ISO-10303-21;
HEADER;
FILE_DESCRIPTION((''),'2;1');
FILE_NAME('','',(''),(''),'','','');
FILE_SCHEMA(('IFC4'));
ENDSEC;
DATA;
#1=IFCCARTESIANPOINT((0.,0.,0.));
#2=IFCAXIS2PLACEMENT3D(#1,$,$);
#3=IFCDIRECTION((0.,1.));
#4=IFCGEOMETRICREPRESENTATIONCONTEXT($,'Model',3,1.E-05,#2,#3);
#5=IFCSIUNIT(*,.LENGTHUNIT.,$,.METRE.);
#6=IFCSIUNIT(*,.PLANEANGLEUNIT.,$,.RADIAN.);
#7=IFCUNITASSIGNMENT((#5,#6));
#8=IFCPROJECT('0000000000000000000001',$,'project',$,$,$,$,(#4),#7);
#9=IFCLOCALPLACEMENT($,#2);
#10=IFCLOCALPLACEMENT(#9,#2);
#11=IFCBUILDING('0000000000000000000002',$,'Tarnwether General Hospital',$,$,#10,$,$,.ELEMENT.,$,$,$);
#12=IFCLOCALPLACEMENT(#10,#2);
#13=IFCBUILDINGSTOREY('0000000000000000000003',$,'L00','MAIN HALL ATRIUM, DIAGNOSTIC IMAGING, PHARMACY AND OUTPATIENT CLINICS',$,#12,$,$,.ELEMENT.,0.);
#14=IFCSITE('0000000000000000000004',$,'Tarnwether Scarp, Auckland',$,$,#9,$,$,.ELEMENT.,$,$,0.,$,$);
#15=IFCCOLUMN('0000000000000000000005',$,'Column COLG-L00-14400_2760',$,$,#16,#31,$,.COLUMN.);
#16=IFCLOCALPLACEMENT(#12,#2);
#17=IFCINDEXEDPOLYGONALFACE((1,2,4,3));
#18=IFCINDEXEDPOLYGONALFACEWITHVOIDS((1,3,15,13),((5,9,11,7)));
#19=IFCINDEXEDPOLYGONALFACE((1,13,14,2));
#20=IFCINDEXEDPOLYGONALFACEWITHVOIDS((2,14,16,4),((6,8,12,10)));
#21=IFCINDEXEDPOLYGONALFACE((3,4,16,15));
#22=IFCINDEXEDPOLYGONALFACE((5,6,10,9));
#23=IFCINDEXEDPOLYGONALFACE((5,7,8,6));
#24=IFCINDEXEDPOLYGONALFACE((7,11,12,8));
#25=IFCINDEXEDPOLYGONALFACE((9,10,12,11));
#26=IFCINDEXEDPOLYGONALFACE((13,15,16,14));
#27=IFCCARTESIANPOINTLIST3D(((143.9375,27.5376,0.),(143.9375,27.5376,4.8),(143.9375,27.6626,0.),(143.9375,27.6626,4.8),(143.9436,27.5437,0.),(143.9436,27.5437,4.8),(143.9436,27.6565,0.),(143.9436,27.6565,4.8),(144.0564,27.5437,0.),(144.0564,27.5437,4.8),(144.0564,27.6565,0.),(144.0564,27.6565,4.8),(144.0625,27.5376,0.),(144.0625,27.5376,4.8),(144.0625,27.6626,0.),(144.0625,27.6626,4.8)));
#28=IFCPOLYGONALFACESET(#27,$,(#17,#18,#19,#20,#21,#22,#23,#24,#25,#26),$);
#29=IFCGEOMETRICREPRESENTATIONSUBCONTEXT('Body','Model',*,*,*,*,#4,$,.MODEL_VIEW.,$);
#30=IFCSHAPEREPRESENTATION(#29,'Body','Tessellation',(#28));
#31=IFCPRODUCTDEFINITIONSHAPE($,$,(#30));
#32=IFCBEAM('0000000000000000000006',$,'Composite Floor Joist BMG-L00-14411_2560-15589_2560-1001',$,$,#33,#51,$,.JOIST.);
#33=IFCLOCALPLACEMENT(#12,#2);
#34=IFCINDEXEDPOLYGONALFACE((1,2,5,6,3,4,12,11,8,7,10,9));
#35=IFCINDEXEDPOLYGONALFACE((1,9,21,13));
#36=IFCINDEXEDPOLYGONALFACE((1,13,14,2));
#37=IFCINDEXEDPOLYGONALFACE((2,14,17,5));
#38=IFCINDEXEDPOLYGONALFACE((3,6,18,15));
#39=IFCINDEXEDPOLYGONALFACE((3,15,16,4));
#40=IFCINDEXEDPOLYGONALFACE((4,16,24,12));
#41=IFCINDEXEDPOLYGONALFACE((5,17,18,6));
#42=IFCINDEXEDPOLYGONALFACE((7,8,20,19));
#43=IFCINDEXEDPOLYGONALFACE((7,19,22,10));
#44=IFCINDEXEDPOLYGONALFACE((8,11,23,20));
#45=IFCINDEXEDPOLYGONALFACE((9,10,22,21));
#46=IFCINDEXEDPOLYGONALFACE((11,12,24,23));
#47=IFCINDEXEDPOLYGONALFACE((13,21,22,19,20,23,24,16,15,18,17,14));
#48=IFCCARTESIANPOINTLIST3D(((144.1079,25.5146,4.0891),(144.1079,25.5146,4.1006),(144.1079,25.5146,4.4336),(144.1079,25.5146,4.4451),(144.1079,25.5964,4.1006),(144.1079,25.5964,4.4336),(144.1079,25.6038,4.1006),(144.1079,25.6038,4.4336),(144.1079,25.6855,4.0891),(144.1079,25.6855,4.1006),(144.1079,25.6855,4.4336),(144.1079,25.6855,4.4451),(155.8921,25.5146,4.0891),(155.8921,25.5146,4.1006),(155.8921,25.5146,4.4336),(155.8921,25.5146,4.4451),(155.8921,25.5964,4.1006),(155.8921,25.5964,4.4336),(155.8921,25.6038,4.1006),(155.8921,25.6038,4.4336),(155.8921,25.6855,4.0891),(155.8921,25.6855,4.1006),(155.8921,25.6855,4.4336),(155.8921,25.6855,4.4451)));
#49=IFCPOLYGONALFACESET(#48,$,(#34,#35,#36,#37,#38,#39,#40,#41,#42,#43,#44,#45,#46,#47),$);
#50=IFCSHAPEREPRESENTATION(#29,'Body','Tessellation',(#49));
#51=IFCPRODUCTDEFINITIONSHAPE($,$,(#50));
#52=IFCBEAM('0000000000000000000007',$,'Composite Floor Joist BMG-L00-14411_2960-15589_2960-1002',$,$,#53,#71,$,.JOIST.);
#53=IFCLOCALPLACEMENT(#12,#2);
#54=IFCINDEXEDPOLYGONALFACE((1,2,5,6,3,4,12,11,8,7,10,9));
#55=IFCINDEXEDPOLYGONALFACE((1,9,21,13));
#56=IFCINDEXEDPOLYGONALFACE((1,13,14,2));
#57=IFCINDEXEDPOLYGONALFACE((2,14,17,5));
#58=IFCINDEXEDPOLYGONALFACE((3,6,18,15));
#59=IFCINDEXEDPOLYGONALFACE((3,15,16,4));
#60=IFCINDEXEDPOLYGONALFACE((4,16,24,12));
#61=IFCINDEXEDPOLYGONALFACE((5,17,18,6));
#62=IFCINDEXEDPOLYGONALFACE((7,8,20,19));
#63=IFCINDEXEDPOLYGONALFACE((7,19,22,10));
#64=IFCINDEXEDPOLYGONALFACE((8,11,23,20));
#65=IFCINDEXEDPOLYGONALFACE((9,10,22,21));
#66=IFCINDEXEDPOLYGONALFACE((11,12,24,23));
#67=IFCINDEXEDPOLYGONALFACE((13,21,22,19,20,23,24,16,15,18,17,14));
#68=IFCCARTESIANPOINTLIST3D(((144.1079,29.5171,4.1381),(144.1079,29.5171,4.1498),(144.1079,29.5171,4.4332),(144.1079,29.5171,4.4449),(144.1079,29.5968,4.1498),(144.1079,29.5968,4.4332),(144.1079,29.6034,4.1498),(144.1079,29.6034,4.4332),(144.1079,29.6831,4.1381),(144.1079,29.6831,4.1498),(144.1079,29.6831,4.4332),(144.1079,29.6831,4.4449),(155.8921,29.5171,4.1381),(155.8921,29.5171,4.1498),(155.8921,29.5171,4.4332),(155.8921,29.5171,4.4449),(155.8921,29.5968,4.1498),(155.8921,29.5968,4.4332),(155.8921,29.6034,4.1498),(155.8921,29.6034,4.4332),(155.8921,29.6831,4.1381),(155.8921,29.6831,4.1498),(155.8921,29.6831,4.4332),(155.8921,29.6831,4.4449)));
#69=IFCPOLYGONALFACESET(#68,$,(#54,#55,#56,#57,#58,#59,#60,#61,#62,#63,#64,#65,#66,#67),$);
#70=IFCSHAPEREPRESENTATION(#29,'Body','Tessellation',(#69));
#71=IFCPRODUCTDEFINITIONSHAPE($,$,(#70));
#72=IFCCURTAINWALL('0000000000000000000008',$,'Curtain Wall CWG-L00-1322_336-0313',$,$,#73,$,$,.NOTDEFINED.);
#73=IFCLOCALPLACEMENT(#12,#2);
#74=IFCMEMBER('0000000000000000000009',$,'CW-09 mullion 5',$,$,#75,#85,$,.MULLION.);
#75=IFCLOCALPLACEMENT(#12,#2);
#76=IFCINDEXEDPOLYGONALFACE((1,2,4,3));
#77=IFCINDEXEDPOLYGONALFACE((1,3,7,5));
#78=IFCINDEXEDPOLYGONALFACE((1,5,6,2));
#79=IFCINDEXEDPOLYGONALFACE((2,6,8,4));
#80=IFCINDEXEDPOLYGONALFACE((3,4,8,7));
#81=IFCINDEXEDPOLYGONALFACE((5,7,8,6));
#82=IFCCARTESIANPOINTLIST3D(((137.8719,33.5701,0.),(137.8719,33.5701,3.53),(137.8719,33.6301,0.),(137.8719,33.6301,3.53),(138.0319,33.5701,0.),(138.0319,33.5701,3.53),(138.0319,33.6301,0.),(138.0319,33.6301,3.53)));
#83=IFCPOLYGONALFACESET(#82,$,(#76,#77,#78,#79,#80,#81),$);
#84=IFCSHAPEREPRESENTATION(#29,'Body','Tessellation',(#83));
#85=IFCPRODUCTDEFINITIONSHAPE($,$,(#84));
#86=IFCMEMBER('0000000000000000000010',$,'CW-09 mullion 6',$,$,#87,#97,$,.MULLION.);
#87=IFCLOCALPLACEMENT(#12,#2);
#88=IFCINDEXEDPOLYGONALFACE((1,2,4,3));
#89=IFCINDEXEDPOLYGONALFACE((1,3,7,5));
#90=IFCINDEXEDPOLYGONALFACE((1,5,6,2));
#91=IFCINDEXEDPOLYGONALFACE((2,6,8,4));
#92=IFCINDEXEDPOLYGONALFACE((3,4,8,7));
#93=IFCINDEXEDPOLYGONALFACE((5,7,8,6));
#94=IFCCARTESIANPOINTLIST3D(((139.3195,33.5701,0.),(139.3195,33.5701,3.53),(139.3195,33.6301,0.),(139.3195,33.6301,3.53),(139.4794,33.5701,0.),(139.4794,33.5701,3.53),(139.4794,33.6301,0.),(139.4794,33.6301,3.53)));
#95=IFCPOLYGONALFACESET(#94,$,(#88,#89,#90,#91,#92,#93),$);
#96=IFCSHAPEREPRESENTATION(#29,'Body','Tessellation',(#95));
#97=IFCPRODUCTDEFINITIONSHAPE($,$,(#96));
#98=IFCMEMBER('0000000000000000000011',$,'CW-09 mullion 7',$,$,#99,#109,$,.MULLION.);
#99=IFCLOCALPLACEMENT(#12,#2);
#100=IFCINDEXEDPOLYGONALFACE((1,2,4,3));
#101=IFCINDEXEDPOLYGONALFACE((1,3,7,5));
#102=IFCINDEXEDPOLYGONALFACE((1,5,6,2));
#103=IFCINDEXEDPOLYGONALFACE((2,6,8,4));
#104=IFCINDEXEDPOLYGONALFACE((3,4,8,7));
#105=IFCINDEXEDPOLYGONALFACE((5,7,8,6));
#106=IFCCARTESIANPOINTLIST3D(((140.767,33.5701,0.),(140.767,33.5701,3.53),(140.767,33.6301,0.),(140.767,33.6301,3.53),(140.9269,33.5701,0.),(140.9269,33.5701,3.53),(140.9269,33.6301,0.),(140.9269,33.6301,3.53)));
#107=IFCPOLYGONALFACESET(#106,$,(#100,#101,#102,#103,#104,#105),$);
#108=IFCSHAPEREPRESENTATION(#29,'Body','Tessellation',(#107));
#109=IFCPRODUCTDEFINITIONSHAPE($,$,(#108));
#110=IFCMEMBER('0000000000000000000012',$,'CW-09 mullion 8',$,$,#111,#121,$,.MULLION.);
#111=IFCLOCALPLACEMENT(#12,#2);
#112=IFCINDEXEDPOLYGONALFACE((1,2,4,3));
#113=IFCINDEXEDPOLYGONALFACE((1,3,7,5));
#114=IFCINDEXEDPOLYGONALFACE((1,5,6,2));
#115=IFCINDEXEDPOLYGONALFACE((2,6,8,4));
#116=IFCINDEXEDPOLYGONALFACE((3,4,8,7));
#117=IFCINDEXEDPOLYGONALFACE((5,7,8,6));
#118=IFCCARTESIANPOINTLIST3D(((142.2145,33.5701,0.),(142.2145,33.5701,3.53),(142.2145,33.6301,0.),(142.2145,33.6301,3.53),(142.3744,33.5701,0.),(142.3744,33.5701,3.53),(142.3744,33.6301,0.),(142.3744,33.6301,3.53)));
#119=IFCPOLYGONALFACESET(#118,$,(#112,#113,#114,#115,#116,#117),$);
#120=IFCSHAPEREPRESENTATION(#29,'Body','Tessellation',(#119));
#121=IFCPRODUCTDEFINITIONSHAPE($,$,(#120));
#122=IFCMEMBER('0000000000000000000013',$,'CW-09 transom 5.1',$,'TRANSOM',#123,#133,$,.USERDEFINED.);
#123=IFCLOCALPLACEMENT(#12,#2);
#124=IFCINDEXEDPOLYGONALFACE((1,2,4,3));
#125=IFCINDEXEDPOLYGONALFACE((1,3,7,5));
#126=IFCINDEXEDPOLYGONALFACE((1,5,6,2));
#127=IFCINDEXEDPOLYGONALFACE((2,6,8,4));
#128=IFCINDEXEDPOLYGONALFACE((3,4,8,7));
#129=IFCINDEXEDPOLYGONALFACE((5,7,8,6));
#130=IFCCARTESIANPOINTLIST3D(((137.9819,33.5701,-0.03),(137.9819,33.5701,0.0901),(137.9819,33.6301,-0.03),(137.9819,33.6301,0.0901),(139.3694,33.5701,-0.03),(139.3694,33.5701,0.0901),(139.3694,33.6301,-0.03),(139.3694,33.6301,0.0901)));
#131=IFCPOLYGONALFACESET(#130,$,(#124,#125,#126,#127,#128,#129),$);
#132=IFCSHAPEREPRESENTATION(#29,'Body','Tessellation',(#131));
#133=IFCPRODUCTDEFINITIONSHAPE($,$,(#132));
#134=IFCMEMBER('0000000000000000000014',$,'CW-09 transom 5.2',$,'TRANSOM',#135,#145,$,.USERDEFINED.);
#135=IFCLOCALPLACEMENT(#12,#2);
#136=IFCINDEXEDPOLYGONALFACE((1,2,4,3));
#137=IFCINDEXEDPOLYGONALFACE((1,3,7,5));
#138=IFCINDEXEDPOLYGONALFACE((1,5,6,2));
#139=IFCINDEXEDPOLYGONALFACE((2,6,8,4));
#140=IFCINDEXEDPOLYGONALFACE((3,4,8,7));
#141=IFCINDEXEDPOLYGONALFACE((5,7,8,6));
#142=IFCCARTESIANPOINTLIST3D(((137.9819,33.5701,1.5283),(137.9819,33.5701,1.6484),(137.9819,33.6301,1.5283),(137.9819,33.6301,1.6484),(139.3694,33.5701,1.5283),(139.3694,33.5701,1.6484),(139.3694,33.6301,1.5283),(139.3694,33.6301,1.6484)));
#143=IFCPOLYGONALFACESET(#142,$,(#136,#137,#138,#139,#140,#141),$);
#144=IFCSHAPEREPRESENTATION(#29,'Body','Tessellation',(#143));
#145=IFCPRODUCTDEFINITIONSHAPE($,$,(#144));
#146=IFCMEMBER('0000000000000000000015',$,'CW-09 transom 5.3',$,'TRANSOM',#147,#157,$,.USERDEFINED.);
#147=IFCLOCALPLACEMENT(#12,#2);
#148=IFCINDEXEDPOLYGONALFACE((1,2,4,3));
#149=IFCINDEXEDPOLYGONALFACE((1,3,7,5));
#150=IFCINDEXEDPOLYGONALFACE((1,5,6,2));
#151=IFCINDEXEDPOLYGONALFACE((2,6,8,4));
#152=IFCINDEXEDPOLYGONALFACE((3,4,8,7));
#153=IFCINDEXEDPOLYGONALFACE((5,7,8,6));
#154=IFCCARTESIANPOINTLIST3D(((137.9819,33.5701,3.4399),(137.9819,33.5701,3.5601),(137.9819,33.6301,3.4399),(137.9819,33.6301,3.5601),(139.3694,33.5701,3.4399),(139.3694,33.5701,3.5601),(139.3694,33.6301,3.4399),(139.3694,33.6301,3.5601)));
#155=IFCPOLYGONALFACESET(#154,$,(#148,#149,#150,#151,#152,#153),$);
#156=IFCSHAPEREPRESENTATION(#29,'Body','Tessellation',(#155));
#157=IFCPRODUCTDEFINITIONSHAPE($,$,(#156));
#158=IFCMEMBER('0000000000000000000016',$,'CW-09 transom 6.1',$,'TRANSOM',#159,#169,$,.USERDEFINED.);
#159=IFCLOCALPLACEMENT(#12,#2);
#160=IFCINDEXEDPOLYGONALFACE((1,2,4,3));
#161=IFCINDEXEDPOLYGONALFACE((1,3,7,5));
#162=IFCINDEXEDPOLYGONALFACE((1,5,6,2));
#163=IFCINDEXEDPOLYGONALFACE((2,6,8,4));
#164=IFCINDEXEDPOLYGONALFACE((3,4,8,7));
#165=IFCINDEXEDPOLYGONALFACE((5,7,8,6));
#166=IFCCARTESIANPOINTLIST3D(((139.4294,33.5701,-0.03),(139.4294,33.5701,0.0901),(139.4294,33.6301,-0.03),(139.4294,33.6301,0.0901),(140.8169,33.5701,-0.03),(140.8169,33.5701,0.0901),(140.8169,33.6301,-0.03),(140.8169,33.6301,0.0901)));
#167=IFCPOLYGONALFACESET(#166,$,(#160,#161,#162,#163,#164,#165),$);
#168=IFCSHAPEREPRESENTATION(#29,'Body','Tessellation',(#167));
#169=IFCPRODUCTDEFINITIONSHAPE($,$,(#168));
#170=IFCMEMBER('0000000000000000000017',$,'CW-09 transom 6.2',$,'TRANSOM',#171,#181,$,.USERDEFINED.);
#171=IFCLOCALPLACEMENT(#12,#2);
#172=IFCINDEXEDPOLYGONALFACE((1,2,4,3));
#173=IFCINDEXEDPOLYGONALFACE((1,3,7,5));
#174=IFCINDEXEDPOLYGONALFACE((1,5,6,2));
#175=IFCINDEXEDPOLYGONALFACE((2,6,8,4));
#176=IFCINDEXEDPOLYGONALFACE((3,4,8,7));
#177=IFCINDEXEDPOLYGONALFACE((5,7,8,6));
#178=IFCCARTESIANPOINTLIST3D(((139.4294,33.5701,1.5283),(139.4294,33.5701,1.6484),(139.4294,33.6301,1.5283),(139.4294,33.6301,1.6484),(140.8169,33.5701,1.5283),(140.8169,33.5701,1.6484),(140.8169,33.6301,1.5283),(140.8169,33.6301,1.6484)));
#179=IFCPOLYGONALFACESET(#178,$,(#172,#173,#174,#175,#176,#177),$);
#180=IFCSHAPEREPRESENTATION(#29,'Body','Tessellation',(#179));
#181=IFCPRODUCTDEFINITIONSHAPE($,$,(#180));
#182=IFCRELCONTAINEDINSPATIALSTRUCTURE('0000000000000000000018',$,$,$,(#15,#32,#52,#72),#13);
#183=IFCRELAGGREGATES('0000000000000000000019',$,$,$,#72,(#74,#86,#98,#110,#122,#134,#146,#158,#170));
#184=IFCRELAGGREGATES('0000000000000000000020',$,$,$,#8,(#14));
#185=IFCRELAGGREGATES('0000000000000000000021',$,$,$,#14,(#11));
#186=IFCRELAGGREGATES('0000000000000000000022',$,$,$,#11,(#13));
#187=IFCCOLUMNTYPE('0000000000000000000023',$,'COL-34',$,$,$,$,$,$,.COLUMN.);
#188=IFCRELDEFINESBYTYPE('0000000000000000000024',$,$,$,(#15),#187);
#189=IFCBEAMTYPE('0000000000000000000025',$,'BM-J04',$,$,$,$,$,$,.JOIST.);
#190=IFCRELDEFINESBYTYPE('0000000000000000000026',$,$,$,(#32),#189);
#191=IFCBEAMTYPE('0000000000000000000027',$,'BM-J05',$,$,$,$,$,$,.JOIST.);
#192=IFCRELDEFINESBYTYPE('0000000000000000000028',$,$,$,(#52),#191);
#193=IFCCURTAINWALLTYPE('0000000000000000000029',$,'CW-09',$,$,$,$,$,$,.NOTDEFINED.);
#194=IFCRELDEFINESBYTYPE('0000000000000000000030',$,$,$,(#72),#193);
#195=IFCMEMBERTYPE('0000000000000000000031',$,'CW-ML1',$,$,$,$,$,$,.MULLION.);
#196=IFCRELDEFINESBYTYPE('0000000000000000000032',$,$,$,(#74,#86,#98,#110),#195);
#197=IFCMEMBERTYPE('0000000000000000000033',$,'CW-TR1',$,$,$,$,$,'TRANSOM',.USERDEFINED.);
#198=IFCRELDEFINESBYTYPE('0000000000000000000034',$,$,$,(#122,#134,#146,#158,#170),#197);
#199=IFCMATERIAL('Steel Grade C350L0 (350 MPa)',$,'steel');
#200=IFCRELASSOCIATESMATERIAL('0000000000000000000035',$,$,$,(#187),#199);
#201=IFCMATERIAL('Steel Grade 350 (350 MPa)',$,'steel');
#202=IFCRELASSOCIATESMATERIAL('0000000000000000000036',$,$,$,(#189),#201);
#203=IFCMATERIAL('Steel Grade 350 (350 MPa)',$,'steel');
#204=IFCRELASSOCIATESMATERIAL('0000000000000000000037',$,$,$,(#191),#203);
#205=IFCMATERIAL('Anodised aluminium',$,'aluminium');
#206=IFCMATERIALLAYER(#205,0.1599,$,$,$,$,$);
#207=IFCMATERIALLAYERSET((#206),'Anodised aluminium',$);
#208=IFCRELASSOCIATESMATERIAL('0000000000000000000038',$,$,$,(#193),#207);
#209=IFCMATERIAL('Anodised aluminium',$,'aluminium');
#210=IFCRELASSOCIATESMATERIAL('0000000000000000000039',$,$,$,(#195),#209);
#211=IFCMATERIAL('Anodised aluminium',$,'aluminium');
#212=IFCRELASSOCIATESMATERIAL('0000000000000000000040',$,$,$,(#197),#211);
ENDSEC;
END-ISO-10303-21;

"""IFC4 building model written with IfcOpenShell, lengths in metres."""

from ifc_helpers import new_model, si_unit, direction, frame, origin, origin_2d, place, context, subcontext, project, spatial, rectangle, hollow_rectangle, i_section, extrude, material, layer, layer_set, material_profile, profile_set, type_object, element, aggregate, save


model = new_model("IFC4")

# Units and contexts
model_context = context("Model", 3, precision=1e-05, world=origin(), true_north=direction((0.0, 1.0)))
body_context = subcontext(model_context, "Body", "Model", "MODEL_VIEW")
ifc_project = project(units=[si_unit("LENGTHUNIT", "METRE"), si_unit("PLANEANGLEUNIT", "RADIAN")], contexts=[model_context])

# Site, building, storey
site_placement = place(None, origin())
site = spatial("IfcSite", under=ifc_project, at=site_placement, Name="Tarnwether Scarp, Auckland", CompositionType="ELEMENT", RefElevation=0.0)
building_placement = place(site_placement, origin())
building = spatial("IfcBuilding", under=site, at=building_placement, Name="Tarnwether General Hospital", CompositionType="ELEMENT")
storey_placement = place(building_placement, origin())
storey = spatial("IfcBuildingStorey", under=building, at=storey_placement, Name="L00", Description="MAIN HALL ATRIUM, DIAGNOSTIC IMAGING, PHARMACY AND OUTPATIENT CLINICS", CompositionType="ELEMENT", Elevation=0.0)

# Column
ifc_material_1 = material(Name="Steel Grade C350L0 (350 MPa)", Category="steel")
ifc_material_profile_1 = material_profile(ifc_material_1, hollow_rectangle(XDim=0.125, YDim=0.125, WallThickness=0.0061, at=origin_2d()), Name="SHS125x125x6")
ifc_profile_set_1 = profile_set([ifc_material_profile_1], Name="Steel Grade C350L0 (350 MPa)")
column_type = type_object("IfcColumnType", Name="COL-34", PredefinedType="COLUMN", material=ifc_profile_set_1)
column_placement = place(storey_placement, frame((144.0, 27.6001, 0.0), z_axis=(0.0, 0.0, 1.0), x_axis=(1.0, 0.0, 0.0)))
element("IfcColumn", 1, at=column_placement, inside=storey, type_object=column_type, Name="Column COLG-L00-14400_2760", PredefinedType="COLUMN", context=body_context, shape_type="SweptSolid", body=[
    extrude(hollow_rectangle(XDim=0.125, YDim=0.125, WallThickness=0.0061, at=origin_2d()), origin(), (0.0, 0.0, 1.0), 4.8),
])

# Beams
ifc_material_2 = material(Name="Steel Grade 350 (350 MPa)", Category="steel")
ifc_material_profile_2 = material_profile(ifc_material_2, i_section(OverallWidth=0.1709, OverallDepth=0.356, WebThickness=0.0073, FlangeThickness=0.0115, at=origin_2d()), Name="360UB50.7")
ifc_profile_set_2 = profile_set([ifc_material_profile_2], Name="Steel Grade 350 (350 MPa)")
beam_type_1 = type_object("IfcBeamType", Name="BM-J04", PredefinedType="JOIST", material=ifc_profile_set_2)
beam_1_placement = place(storey_placement, frame((144.1079, 25.6001, 4.2671), z_axis=(1.0, 0.0, 0.0), x_axis=(0.0, 1.0, 0.0)))
element("IfcBeam", 2, at=beam_1_placement, inside=storey, type_object=beam_type_1, Name="Composite Floor Joist BMG-L00-14411_2560-15589_2560-1001", PredefinedType="JOIST", context=body_context, shape_type="SweptSolid", body=[
    extrude(i_section(OverallWidth=0.1709, OverallDepth=0.356, WebThickness=0.0073, FlangeThickness=0.0115, at=origin_2d()), origin(), (0.0, 0.0, 1.0), 11.7842),
])
ifc_material_3 = material(Name="Steel Grade 350 (350 MPa)", Category="steel")
ifc_material_profile_3 = material_profile(ifc_material_3, i_section(OverallWidth=0.166, OverallDepth=0.3069, WebThickness=0.0066, FlangeThickness=0.0117, at=origin_2d()), Name="310UB46.2")
ifc_profile_set_3 = profile_set([ifc_material_profile_3], Name="Steel Grade 350 (350 MPa)")
beam_type_2 = type_object("IfcBeamType", Name="BM-J05", PredefinedType="JOIST", material=ifc_profile_set_3)
beam_2_placement = place(storey_placement, frame((144.1079, 29.6001, 4.2915), z_axis=(1.0, 0.0, 0.0), x_axis=(0.0, 1.0, 0.0)))
element("IfcBeam", 3, at=beam_2_placement, inside=storey, type_object=beam_type_2, Name="Composite Floor Joist BMG-L00-14411_2960-15589_2960-1002", PredefinedType="JOIST", context=body_context, shape_type="SweptSolid", body=[
    extrude(i_section(OverallWidth=0.166, OverallDepth=0.3069, WebThickness=0.0066, FlangeThickness=0.0117, at=origin_2d()), origin(), (0.0, 0.0, 1.0), 11.7842),
])

# Curtain wall, members
ifc_material_4 = material(Name="Anodised aluminium", Category="aluminium")
ifc_layer_1 = layer(ifc_material_4, 0.1599)
ifc_layer_set_1 = layer_set([ifc_layer_1], Name="Anodised aluminium")
curtain_wall_type = type_object("IfcCurtainWallType", Name="CW-09", PredefinedType="NOTDEFINED", material=ifc_layer_set_1)
curtain_wall_placement = place(storey_placement, origin())
curtain_wall = element("IfcCurtainWall", 4, at=curtain_wall_placement, inside=storey, type_object=curtain_wall_type, Name="Curtain Wall CWG-L00-1322_336-0313", PredefinedType="NOTDEFINED")
ifc_material_5 = material(Name="Anodised aluminium", Category="aluminium")
ifc_material_profile_4 = material_profile(ifc_material_5, rectangle(XDim=0.0601, YDim=0.1599, at=origin_2d()), Name="ALU-MUL-60x160")
ifc_profile_set_4 = profile_set([ifc_material_profile_4], Name="Anodised aluminium")
member_type_1 = type_object("IfcMemberType", Name="CW-ML1", PredefinedType="MULLION", material=ifc_profile_set_4)
member_1_placement = place(storey_placement, frame((137.9519, 33.6001, 0.0), z_axis=(0.0, 0.0, 1.0), x_axis=(0.0, 1.0, 0.0)))
member_1 = element("IfcMember", 5, at=member_1_placement, type_object=member_type_1, Name="CW-09 mullion 5", PredefinedType="MULLION", context=body_context, shape_type="SweptSolid", body=[
    extrude(rectangle(XDim=0.0601, YDim=0.1599, at=origin_2d()), origin(), (0.0, 0.0, 1.0), 3.53),
])
member_2_placement = place(storey_placement, frame((139.3994, 33.6001, 0.0), z_axis=(0.0, 0.0, 1.0), x_axis=(0.0, 1.0, 0.0)))
member_2 = element("IfcMember", 6, at=member_2_placement, type_object=member_type_1, Name="CW-09 mullion 6", PredefinedType="MULLION", context=body_context, shape_type="SweptSolid", body=[
    extrude(rectangle(XDim=0.0601, YDim=0.1599, at=origin_2d()), origin(), (0.0, 0.0, 1.0), 3.53),
])
member_3_placement = place(storey_placement, frame((140.8469, 33.6001, 0.0), z_axis=(0.0, 0.0, 1.0), x_axis=(0.0, 1.0, 0.0)))
member_3 = element("IfcMember", 7, at=member_3_placement, type_object=member_type_1, Name="CW-09 mullion 7", PredefinedType="MULLION", context=body_context, shape_type="SweptSolid", body=[
    extrude(rectangle(XDim=0.0601, YDim=0.1599, at=origin_2d()), origin(), (0.0, 0.0, 1.0), 3.53),
])
member_4_placement = place(storey_placement, frame((142.2944, 33.6001, 0.0), z_axis=(0.0, 0.0, 1.0), x_axis=(0.0, 1.0, 0.0)))
member_4 = element("IfcMember", 8, at=member_4_placement, type_object=member_type_1, Name="CW-09 mullion 8", PredefinedType="MULLION", context=body_context, shape_type="SweptSolid", body=[
    extrude(rectangle(XDim=0.0601, YDim=0.1599, at=origin_2d()), origin(), (0.0, 0.0, 1.0), 3.53),
])
ifc_material_6 = material(Name="Anodised aluminium", Category="aluminium")
ifc_material_profile_5 = material_profile(ifc_material_6, rectangle(XDim=0.0601, YDim=0.1201, at=origin_2d()), Name="ALU-TRN-60x120")
ifc_profile_set_5 = profile_set([ifc_material_profile_5], Name="Anodised aluminium")
member_type_2 = type_object("IfcMemberType", Name="CW-TR1", ElementType="TRANSOM", PredefinedType="USERDEFINED", material=ifc_profile_set_5)
member_5_placement = place(storey_placement, frame((137.9819, 33.6001, 0.03), z_axis=(1.0, 0.0, 0.0), x_axis=(0.0, 1.0, 0.0)))
member_5 = element("IfcMember", 9, at=member_5_placement, type_object=member_type_2, Name="CW-09 transom 5.1", ObjectType="TRANSOM", PredefinedType="USERDEFINED", context=body_context, shape_type="SweptSolid", body=[
    extrude(rectangle(XDim=0.0601, YDim=0.1201, at=origin_2d()), origin(), (0.0, 0.0, 1.0), 1.3875),
])
member_6_placement = place(storey_placement, frame((137.9819, 33.6001, 1.5884), z_axis=(1.0, 0.0, 0.0), x_axis=(0.0, 1.0, 0.0)))
member_6 = element("IfcMember", 10, at=member_6_placement, type_object=member_type_2, Name="CW-09 transom 5.2", ObjectType="TRANSOM", PredefinedType="USERDEFINED", context=body_context, shape_type="SweptSolid", body=[
    extrude(rectangle(XDim=0.0601, YDim=0.1201, at=origin_2d()), origin(), (0.0, 0.0, 1.0), 1.3875),
])
member_7_placement = place(storey_placement, frame((137.9819, 33.6001, 3.5), z_axis=(1.0, 0.0, 0.0), x_axis=(0.0, 1.0, 0.0)))
member_7 = element("IfcMember", 11, at=member_7_placement, type_object=member_type_2, Name="CW-09 transom 5.3", ObjectType="TRANSOM", PredefinedType="USERDEFINED", context=body_context, shape_type="SweptSolid", body=[
    extrude(rectangle(XDim=0.0601, YDim=0.1201, at=origin_2d()), origin(), (0.0, 0.0, 1.0), 1.3875),
])
member_8_placement = place(storey_placement, frame((139.4294, 33.6001, 0.03), z_axis=(1.0, 0.0, 0.0), x_axis=(0.0, 1.0, 0.0)))
member_8 = element("IfcMember", 12, at=member_8_placement, type_object=member_type_2, Name="CW-09 transom 6.1", ObjectType="TRANSOM", PredefinedType="USERDEFINED", context=body_context, shape_type="SweptSolid", body=[
    extrude(rectangle(XDim=0.0601, YDim=0.1201, at=origin_2d()), origin(), (0.0, 0.0, 1.0), 1.3875),
])
member_9_placement = place(storey_placement, frame((139.4294, 33.6001, 1.5884), z_axis=(1.0, 0.0, 0.0), x_axis=(0.0, 1.0, 0.0)))
member_9 = element("IfcMember", 13, at=member_9_placement, type_object=member_type_2, Name="CW-09 transom 6.2", ObjectType="TRANSOM", PredefinedType="USERDEFINED", context=body_context, shape_type="SweptSolid", body=[
    extrude(rectangle(XDim=0.0601, YDim=0.1201, at=origin_2d()), origin(), (0.0, 0.0, 1.0), 1.3875),
])
aggregate(curtain_wall, [member_1, member_2, member_3, member_4, member_5, member_6, member_7, member_8, member_9])

save(model, "model.ifc")
